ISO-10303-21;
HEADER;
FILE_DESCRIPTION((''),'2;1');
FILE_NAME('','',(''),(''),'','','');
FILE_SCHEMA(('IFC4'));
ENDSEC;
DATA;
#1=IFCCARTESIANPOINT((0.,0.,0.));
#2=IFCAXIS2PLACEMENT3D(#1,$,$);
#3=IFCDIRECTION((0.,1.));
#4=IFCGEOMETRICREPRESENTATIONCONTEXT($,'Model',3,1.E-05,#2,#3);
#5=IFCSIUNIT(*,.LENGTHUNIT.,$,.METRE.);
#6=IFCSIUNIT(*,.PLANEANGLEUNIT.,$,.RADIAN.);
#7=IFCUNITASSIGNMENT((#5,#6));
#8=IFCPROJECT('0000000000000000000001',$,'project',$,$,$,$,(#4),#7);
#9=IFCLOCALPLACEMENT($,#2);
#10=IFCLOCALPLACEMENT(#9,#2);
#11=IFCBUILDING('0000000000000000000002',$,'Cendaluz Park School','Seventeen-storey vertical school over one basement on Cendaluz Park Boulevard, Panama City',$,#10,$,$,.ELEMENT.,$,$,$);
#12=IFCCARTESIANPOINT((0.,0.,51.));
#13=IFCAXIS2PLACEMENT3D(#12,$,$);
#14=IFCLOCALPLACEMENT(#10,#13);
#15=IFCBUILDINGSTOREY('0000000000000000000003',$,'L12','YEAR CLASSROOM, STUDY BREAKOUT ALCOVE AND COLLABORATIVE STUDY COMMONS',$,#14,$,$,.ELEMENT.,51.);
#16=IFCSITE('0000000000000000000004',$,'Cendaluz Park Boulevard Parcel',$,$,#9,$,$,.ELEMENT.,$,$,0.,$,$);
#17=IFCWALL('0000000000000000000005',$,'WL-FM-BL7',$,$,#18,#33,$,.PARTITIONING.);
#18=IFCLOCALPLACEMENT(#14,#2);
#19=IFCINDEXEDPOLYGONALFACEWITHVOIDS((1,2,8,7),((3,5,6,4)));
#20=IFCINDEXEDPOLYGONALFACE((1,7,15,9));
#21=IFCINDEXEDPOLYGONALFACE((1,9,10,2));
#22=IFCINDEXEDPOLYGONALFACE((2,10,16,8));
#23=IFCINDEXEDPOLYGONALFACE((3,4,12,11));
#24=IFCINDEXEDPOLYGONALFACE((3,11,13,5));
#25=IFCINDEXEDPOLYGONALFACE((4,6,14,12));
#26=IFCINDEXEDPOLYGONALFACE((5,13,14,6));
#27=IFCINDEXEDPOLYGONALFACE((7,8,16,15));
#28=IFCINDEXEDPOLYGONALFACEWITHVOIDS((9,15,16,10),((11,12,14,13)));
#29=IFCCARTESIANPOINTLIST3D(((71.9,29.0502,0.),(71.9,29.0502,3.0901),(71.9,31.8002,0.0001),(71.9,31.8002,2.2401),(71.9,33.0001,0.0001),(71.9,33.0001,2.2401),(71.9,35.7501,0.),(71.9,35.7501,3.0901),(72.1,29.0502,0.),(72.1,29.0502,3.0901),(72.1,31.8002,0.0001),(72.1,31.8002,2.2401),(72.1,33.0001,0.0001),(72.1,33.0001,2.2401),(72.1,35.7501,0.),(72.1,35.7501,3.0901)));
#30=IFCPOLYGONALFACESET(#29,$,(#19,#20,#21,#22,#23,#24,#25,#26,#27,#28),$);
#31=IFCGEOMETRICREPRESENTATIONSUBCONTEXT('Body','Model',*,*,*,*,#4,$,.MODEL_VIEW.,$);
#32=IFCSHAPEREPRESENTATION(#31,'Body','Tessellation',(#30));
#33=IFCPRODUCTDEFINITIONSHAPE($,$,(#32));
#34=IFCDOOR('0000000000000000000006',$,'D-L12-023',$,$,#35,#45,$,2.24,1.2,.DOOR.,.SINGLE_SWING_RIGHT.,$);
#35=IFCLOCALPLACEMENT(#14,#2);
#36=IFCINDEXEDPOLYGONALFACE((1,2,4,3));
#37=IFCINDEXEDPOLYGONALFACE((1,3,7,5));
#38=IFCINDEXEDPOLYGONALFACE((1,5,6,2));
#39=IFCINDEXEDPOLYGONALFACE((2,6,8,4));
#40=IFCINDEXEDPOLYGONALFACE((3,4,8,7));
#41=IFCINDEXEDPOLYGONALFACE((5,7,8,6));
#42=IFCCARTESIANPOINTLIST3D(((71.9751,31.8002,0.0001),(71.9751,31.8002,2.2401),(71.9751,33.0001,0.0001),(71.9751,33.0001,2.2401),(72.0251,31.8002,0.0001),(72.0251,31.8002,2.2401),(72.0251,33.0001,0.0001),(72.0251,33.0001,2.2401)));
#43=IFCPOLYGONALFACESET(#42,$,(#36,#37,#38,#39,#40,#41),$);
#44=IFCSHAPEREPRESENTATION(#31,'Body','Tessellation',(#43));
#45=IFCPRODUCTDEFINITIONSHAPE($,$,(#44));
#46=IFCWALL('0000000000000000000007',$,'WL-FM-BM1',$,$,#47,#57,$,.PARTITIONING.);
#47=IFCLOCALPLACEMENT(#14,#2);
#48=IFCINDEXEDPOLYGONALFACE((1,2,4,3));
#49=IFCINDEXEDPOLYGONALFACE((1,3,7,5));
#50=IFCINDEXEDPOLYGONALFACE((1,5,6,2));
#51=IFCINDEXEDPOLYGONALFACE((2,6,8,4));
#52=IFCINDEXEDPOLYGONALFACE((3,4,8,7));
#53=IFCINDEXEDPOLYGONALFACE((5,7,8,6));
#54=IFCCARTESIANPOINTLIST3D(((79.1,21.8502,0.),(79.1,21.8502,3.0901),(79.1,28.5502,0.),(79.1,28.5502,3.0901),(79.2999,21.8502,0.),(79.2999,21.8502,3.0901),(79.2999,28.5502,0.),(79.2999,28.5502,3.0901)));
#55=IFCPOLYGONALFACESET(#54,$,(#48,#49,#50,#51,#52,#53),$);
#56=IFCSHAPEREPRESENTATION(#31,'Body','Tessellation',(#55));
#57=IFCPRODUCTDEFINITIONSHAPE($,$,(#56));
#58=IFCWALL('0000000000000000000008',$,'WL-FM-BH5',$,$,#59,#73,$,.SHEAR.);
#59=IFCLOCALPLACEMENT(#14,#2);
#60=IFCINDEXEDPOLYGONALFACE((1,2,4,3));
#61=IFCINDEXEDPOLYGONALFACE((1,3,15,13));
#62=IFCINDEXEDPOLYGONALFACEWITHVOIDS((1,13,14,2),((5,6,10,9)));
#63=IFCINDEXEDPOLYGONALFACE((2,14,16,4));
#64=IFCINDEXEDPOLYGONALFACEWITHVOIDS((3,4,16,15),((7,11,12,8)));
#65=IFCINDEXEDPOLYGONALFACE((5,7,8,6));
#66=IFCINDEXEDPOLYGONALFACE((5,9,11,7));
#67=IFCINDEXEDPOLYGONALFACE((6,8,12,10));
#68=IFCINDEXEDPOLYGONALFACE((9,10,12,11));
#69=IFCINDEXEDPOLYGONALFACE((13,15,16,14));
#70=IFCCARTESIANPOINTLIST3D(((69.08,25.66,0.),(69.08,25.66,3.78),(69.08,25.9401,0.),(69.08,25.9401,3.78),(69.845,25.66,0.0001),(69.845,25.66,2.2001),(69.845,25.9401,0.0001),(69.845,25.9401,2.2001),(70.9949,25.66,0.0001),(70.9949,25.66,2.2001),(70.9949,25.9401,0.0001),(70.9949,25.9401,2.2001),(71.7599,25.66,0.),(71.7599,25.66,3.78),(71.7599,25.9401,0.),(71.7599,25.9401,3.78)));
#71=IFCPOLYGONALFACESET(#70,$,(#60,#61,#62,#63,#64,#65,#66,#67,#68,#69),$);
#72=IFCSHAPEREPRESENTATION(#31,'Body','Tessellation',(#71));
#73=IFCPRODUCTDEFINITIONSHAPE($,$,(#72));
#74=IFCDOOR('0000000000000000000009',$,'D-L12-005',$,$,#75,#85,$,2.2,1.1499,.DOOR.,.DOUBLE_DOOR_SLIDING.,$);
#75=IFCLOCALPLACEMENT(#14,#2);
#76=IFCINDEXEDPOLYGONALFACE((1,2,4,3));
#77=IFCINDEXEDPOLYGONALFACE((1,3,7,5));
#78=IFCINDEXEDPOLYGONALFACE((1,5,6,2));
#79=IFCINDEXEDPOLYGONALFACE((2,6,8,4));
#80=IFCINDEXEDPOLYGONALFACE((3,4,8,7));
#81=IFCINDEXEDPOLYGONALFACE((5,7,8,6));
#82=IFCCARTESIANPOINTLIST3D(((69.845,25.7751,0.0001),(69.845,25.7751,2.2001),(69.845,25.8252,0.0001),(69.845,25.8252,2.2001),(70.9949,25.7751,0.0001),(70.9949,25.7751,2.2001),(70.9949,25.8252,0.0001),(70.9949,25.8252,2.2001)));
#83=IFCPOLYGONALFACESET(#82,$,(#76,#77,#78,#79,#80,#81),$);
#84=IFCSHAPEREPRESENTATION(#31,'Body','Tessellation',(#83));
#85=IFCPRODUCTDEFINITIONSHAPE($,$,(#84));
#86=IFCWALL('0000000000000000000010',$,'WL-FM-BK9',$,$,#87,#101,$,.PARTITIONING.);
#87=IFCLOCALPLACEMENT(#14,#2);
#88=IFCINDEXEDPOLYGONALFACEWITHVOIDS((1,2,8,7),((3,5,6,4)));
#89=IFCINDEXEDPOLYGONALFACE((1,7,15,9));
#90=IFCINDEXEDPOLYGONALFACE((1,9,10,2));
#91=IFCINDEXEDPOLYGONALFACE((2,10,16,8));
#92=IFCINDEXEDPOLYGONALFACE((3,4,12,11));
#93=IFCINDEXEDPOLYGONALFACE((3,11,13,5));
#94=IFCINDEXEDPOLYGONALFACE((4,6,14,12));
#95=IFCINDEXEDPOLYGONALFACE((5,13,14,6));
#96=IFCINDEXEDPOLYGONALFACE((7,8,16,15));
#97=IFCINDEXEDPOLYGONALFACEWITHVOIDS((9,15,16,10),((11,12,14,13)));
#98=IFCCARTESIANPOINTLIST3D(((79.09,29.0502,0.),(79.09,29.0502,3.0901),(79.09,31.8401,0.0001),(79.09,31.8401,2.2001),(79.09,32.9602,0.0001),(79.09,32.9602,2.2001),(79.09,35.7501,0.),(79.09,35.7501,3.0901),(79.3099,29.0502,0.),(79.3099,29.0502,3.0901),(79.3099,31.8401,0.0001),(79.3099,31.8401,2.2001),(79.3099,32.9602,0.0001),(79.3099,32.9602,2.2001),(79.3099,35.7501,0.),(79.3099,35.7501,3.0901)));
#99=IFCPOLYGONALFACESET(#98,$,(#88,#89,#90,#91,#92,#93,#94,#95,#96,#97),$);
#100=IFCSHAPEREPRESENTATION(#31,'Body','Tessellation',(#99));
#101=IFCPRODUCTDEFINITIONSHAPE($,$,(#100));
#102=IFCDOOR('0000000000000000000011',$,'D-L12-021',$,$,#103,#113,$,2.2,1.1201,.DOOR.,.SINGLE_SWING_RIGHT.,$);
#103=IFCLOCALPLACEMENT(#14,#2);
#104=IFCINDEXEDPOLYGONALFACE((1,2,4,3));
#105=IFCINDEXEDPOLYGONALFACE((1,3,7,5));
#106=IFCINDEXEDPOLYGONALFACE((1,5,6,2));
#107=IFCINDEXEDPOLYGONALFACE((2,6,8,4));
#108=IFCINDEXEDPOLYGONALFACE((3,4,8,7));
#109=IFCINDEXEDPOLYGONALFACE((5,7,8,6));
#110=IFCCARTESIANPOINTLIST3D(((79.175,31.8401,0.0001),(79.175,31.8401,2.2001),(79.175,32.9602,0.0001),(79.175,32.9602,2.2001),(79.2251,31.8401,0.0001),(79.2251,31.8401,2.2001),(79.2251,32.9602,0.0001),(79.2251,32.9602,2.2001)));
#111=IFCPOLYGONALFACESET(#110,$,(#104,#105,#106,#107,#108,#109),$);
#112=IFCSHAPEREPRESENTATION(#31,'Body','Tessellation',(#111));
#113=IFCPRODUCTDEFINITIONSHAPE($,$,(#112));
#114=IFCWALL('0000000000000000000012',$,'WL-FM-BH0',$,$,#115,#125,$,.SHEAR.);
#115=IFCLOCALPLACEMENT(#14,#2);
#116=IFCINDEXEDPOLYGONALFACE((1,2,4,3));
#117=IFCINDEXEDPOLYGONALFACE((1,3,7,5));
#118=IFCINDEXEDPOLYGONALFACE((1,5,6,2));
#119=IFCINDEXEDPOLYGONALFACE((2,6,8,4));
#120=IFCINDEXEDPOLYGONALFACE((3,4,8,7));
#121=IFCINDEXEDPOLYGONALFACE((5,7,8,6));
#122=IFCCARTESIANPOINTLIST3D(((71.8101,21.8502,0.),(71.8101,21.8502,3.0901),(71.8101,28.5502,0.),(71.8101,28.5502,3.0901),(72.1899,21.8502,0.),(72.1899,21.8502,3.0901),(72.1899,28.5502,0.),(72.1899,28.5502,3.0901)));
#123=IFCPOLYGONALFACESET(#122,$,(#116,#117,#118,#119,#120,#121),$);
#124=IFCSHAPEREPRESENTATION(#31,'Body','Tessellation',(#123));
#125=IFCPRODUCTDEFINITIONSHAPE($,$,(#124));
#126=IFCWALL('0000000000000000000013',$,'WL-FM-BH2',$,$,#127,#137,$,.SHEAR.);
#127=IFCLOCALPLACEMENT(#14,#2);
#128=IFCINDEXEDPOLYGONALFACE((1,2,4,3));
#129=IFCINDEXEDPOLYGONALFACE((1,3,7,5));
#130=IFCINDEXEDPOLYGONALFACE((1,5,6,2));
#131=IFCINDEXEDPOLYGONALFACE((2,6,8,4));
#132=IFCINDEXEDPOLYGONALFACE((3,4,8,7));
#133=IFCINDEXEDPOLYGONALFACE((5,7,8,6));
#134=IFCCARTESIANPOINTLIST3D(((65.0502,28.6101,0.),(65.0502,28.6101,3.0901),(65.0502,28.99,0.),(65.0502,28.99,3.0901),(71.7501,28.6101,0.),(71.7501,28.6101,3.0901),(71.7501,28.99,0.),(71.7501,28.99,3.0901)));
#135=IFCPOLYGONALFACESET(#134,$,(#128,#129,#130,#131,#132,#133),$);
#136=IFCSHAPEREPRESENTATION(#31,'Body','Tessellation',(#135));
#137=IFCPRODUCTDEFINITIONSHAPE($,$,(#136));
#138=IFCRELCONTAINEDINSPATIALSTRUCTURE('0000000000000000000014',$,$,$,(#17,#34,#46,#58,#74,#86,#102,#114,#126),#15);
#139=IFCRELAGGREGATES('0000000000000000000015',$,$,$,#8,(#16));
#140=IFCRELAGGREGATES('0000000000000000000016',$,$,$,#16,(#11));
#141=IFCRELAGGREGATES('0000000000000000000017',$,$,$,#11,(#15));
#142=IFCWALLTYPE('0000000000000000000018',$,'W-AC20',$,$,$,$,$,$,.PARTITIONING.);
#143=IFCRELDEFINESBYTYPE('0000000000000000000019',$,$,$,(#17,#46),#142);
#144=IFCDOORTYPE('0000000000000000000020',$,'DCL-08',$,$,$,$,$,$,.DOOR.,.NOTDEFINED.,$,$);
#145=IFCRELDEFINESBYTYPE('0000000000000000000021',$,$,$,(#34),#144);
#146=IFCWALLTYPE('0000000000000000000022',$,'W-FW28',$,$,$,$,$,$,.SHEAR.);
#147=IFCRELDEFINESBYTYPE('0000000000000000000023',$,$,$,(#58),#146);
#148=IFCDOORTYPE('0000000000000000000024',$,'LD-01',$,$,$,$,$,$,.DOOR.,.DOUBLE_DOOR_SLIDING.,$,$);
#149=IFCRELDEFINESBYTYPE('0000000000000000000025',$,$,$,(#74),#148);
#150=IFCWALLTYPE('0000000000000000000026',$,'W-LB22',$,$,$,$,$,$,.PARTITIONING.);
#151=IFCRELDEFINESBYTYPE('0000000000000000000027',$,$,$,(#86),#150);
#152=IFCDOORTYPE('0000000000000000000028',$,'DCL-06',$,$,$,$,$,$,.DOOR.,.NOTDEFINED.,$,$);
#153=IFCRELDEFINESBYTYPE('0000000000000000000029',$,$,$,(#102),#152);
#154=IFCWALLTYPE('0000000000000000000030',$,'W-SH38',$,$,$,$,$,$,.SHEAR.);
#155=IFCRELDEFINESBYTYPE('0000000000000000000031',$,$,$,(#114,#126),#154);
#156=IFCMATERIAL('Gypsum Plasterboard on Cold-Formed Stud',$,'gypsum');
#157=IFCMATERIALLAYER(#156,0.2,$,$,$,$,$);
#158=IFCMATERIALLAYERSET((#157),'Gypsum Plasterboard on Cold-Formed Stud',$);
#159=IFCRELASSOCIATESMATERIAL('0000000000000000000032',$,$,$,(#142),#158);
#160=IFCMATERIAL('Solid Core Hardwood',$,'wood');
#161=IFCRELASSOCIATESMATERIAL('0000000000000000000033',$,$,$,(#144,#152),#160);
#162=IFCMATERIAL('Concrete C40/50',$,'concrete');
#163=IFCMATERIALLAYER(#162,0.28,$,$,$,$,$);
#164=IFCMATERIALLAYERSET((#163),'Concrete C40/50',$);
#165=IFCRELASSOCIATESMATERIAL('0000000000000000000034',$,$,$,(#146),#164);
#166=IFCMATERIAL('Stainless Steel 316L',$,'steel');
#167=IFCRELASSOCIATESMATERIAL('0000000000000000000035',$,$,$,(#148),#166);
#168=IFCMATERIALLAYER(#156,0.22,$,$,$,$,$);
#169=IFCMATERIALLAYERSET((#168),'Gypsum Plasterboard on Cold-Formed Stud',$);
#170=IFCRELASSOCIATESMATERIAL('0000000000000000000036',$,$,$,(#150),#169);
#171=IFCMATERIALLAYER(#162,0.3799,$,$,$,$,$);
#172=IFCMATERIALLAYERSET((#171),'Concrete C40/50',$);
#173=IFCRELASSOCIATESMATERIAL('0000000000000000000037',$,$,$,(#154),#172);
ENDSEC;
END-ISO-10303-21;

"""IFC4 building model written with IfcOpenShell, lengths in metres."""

from ifc_helpers import new_model, si_unit, direction, frame, frame_2d, origin, place, context, subcontext, project, spatial, rectangle, extrude, material, layer, layer_set, type_object, element, fill, save


model = new_model("IFC4")

# Units and contexts
model_context = context("Model", 3, precision=1e-05, world=origin(), true_north=direction((0.0, 1.0)))
body_context = subcontext(model_context, "Body", "Model", "MODEL_VIEW")
ifc_project = project(units=[si_unit("LENGTHUNIT", "METRE"), si_unit("PLANEANGLEUNIT", "RADIAN")], contexts=[model_context])

# Site, building, storey
site_placement = place(None, origin())
site = spatial("IfcSite", under=ifc_project, at=site_placement, Name="Cendaluz Park Boulevard Parcel", CompositionType="ELEMENT", RefElevation=0.0)
building_placement = place(site_placement, origin())
building = spatial("IfcBuilding", under=site, at=building_placement, Name="Cendaluz Park School", Description="Seventeen-storey vertical school over one basement on Cendaluz Park Boulevard, Panama City", CompositionType="ELEMENT")
storey_placement = place(building_placement, frame((0.0, 0.0, 51.0)))
storey = spatial("IfcBuildingStorey", under=building, at=storey_placement, Name="L12", Description="YEAR CLASSROOM, STUDY BREAKOUT ALCOVE AND COLLABORATIVE STUDY COMMONS", CompositionType="ELEMENT", Elevation=51.0)

# Wall, opening, door
ifc_material_1 = material(Name="Gypsum Plasterboard on Cold-Formed Stud", Category="gypsum")
ifc_layer_1 = layer(ifc_material_1, 0.2)
ifc_layer_set_1 = layer_set([ifc_layer_1], Name="Gypsum Plasterboard on Cold-Formed Stud")
wall_type_1 = type_object("IfcWallType", Name="W-AC20", PredefinedType="PARTITIONING", material=ifc_layer_set_1)
wall_1_placement = place(storey_placement, frame((72.0, 29.05, 0.0), z_axis=(0.0, 0.0, 1.0), x_axis=(0.0, 1.0, 0.0)))
wall_1 = element("IfcWall", 1, at=wall_1_placement, inside=storey, type_object=wall_type_1, Name="WL-FM-BL7", PredefinedType="PARTITIONING", context=body_context, shape_type="SweptSolid", body=[
    extrude(rectangle(XDim=6.7, YDim=0.2, at=frame_2d((3.3501, 0.0))), origin(), (0.0, 0.0, 1.0), 3.0901),
])
opening_1_placement = place(wall_1_placement, frame((2.75, 0.0, 0.0)))
opening_1 = element("IfcOpeningElement", 2, at=opening_1_placement, cuts=wall_1, PredefinedType="OPENING", context=body_context, shape_type="SweptSolid", body=[
    extrude(rectangle(XDim=1.2, YDim=2.24, at=frame_2d((0.6001, 1.1201))), frame((0.0, 0.1121, 0.0), z_axis=(0.0, -1.0, 0.0), x_axis=(1.0, 0.0, 0.0)), (0.0, 0.0, 1.0), 0.2239),
])
ifc_material_2 = material(Name="Solid Core Hardwood", Category="wood")
door_type_1 = type_object("IfcDoorType", Name="DCL-08", OperationType="NOTDEFINED", PredefinedType="DOOR", material=ifc_material_2)
door_1_placement = place(opening_1_placement, origin())
door_1 = element("IfcDoor", 3, at=door_1_placement, inside=storey, type_object=door_type_1, Name="D-L12-023", OperationType="SINGLE_SWING_RIGHT", OverallHeight=2.24, OverallWidth=1.2, PredefinedType="DOOR", context=body_context, shape_type="SweptSolid", body=[
    extrude(rectangle(XDim=1.2, YDim=2.24, at=frame_2d((0.6001, 1.1201))), frame((0.0, 0.0249, 0.0), z_axis=(0.0, -1.0, 0.0), x_axis=(1.0, 0.0, 0.0)), (0.0, 0.0, 1.0), 0.05),
])
fill(opening_1, door_1)

# Wall
wall_2_placement = place(storey_placement, frame((79.2, 21.8501, 0.0), z_axis=(0.0, 0.0, 1.0), x_axis=(0.0, 1.0, 0.0)))
element("IfcWall", 4, at=wall_2_placement, inside=storey, type_object=wall_type_1, Name="WL-FM-BM1", PredefinedType="PARTITIONING", context=body_context, shape_type="SweptSolid", body=[
    extrude(rectangle(XDim=6.7, YDim=0.2, at=frame_2d((3.3501, 0.0))), origin(), (0.0, 0.0, 1.0), 3.0901),
])

# Walls, openings, doors
ifc_material_3 = material(Name="Concrete C40/50", Category="concrete")
ifc_layer_2 = layer(ifc_material_3, 0.28)
ifc_layer_set_2 = layer_set([ifc_layer_2], Name="Concrete C40/50")
wall_type_2 = type_object("IfcWallType", Name="W-FW28", PredefinedType="SHEAR", material=ifc_layer_set_2)
wall_3_placement = place(storey_placement, frame((69.0801, 25.8, 0.0), z_axis=(0.0, 0.0, 1.0), x_axis=(1.0, 0.0, 0.0)))
wall_3 = element("IfcWall", 5, at=wall_3_placement, inside=storey, type_object=wall_type_2, Name="WL-FM-BH5", PredefinedType="SHEAR", context=body_context, shape_type="SweptSolid", body=[
    extrude(rectangle(XDim=2.6799, YDim=0.28, at=frame_2d((1.3398, 0.0))), origin(), (0.0, 0.0, 1.0), 3.78),
])
opening_2_placement = place(wall_3_placement, frame((0.7649, 0.0, 0.0)))
opening_2 = element("IfcOpeningElement", 6, at=opening_2_placement, cuts=wall_3, PredefinedType="OPENING", context=body_context, shape_type="SweptSolid", body=[
    extrude(rectangle(XDim=1.1499, YDim=2.2, at=frame_2d((0.575, 1.1001))), frame((0.0, 0.1521, 0.0), z_axis=(0.0, -1.0, 0.0), x_axis=(1.0, 0.0, 0.0)), (0.0, 0.0, 1.0), 0.304),
])
ifc_material_4 = material(Name="Stainless Steel 316L", Category="steel")
door_type_2 = type_object("IfcDoorType", Name="LD-01", OperationType="DOUBLE_DOOR_SLIDING", PredefinedType="DOOR", material=ifc_material_4)
door_2_placement = place(opening_2_placement, frame((1.1499, 0.0, 0.0), z_axis=(0.0, 0.0, 1.0), x_axis=(-1.0, 0.0, 0.0)))
door_2 = element("IfcDoor", 7, at=door_2_placement, inside=storey, type_object=door_type_2, Name="D-L12-005", OperationType="DOUBLE_DOOR_SLIDING", OverallHeight=2.2, OverallWidth=1.1499, PredefinedType="DOOR", context=body_context, shape_type="SweptSolid", body=[
    extrude(rectangle(XDim=1.1499, YDim=2.2, at=frame_2d((0.575, 1.1001))), frame((0.0, 0.0249, 0.0), z_axis=(0.0, -1.0, 0.0), x_axis=(1.0, 0.0, 0.0)), (0.0, 0.0, 1.0), 0.05),
])
fill(opening_2, door_2)
ifc_layer_3 = layer(ifc_material_1, 0.22)
ifc_layer_set_3 = layer_set([ifc_layer_3], Name="Gypsum Plasterboard on Cold-Formed Stud")
wall_type_3 = type_object("IfcWallType", Name="W-LB22", PredefinedType="PARTITIONING", material=ifc_layer_set_3)
wall_4_placement = place(storey_placement, frame((79.2, 29.05, 0.0), z_axis=(0.0, 0.0, 1.0), x_axis=(0.0, 1.0, 0.0)))
wall_4 = element("IfcWall", 8, at=wall_4_placement, inside=storey, type_object=wall_type_3, Name="WL-FM-BK9", PredefinedType="PARTITIONING", context=body_context, shape_type="SweptSolid", body=[
    extrude(rectangle(XDim=6.7, YDim=0.22, at=frame_2d((3.3501, 0.0))), origin(), (0.0, 0.0, 1.0), 3.0901),
])
opening_3_placement = place(wall_4_placement, frame((2.79, 0.0, 0.0)))
opening_3 = element("IfcOpeningElement", 9, at=opening_3_placement, cuts=wall_4, PredefinedType="OPENING", context=body_context, shape_type="SweptSolid", body=[
    extrude(rectangle(XDim=1.1201, YDim=2.2, at=frame_2d((0.5601, 1.1001))), frame((0.0, 0.1221, 0.0), z_axis=(0.0, -1.0, 0.0), x_axis=(1.0, 0.0, 0.0)), (0.0, 0.0, 1.0), 0.2439),
])
door_type_3 = type_object("IfcDoorType", Name="DCL-06", OperationType="NOTDEFINED", PredefinedType="DOOR", material=ifc_material_2)
door_3_placement = place(opening_3_placement, origin())
door_3 = element("IfcDoor", 10, at=door_3_placement, inside=storey, type_object=door_type_3, Name="D-L12-021", OperationType="SINGLE_SWING_RIGHT", OverallHeight=2.2, OverallWidth=1.1201, PredefinedType="DOOR", context=body_context, shape_type="SweptSolid", body=[
    extrude(rectangle(XDim=1.1201, YDim=2.2, at=frame_2d((0.5601, 1.1001))), frame((0.0, 0.0249, 0.0), z_axis=(0.0, -1.0, 0.0), x_axis=(1.0, 0.0, 0.0)), (0.0, 0.0, 1.0), 0.05),
])
fill(opening_3, door_3)

# Walls
ifc_layer_4 = layer(ifc_material_3, 0.3799)
ifc_layer_set_4 = layer_set([ifc_layer_4], Name="Concrete C40/50")
wall_type_4 = type_object("IfcWallType", Name="W-SH38", PredefinedType="SHEAR", material=ifc_layer_set_4)
for number, where, z_axis, x_axis, name in (
    (11, (72.0, 21.8501, 0.0), (0.0, 0.0, 1.0), (0.0, 1.0, 0.0), "WL-FM-BH0"),
    (12, (65.05, 28.8, 0.0), (0.0, 0.0, 1.0), (1.0, 0.0, 0.0), "WL-FM-BH2"),
):
    element("IfcWall", number, at=place(storey_placement, frame(where, z_axis=z_axis, x_axis=x_axis)), inside=storey, type_object=wall_type_4, Name=name, PredefinedType="SHEAR", context=body_context, shape_type="SweptSolid", body=[
        extrude(rectangle(XDim=6.7, YDim=0.3799, at=frame_2d((3.3501, 0.0))), origin(), (0.0, 0.0, 1.0), 3.0901),
    ])

save(model, "model.ifc")
